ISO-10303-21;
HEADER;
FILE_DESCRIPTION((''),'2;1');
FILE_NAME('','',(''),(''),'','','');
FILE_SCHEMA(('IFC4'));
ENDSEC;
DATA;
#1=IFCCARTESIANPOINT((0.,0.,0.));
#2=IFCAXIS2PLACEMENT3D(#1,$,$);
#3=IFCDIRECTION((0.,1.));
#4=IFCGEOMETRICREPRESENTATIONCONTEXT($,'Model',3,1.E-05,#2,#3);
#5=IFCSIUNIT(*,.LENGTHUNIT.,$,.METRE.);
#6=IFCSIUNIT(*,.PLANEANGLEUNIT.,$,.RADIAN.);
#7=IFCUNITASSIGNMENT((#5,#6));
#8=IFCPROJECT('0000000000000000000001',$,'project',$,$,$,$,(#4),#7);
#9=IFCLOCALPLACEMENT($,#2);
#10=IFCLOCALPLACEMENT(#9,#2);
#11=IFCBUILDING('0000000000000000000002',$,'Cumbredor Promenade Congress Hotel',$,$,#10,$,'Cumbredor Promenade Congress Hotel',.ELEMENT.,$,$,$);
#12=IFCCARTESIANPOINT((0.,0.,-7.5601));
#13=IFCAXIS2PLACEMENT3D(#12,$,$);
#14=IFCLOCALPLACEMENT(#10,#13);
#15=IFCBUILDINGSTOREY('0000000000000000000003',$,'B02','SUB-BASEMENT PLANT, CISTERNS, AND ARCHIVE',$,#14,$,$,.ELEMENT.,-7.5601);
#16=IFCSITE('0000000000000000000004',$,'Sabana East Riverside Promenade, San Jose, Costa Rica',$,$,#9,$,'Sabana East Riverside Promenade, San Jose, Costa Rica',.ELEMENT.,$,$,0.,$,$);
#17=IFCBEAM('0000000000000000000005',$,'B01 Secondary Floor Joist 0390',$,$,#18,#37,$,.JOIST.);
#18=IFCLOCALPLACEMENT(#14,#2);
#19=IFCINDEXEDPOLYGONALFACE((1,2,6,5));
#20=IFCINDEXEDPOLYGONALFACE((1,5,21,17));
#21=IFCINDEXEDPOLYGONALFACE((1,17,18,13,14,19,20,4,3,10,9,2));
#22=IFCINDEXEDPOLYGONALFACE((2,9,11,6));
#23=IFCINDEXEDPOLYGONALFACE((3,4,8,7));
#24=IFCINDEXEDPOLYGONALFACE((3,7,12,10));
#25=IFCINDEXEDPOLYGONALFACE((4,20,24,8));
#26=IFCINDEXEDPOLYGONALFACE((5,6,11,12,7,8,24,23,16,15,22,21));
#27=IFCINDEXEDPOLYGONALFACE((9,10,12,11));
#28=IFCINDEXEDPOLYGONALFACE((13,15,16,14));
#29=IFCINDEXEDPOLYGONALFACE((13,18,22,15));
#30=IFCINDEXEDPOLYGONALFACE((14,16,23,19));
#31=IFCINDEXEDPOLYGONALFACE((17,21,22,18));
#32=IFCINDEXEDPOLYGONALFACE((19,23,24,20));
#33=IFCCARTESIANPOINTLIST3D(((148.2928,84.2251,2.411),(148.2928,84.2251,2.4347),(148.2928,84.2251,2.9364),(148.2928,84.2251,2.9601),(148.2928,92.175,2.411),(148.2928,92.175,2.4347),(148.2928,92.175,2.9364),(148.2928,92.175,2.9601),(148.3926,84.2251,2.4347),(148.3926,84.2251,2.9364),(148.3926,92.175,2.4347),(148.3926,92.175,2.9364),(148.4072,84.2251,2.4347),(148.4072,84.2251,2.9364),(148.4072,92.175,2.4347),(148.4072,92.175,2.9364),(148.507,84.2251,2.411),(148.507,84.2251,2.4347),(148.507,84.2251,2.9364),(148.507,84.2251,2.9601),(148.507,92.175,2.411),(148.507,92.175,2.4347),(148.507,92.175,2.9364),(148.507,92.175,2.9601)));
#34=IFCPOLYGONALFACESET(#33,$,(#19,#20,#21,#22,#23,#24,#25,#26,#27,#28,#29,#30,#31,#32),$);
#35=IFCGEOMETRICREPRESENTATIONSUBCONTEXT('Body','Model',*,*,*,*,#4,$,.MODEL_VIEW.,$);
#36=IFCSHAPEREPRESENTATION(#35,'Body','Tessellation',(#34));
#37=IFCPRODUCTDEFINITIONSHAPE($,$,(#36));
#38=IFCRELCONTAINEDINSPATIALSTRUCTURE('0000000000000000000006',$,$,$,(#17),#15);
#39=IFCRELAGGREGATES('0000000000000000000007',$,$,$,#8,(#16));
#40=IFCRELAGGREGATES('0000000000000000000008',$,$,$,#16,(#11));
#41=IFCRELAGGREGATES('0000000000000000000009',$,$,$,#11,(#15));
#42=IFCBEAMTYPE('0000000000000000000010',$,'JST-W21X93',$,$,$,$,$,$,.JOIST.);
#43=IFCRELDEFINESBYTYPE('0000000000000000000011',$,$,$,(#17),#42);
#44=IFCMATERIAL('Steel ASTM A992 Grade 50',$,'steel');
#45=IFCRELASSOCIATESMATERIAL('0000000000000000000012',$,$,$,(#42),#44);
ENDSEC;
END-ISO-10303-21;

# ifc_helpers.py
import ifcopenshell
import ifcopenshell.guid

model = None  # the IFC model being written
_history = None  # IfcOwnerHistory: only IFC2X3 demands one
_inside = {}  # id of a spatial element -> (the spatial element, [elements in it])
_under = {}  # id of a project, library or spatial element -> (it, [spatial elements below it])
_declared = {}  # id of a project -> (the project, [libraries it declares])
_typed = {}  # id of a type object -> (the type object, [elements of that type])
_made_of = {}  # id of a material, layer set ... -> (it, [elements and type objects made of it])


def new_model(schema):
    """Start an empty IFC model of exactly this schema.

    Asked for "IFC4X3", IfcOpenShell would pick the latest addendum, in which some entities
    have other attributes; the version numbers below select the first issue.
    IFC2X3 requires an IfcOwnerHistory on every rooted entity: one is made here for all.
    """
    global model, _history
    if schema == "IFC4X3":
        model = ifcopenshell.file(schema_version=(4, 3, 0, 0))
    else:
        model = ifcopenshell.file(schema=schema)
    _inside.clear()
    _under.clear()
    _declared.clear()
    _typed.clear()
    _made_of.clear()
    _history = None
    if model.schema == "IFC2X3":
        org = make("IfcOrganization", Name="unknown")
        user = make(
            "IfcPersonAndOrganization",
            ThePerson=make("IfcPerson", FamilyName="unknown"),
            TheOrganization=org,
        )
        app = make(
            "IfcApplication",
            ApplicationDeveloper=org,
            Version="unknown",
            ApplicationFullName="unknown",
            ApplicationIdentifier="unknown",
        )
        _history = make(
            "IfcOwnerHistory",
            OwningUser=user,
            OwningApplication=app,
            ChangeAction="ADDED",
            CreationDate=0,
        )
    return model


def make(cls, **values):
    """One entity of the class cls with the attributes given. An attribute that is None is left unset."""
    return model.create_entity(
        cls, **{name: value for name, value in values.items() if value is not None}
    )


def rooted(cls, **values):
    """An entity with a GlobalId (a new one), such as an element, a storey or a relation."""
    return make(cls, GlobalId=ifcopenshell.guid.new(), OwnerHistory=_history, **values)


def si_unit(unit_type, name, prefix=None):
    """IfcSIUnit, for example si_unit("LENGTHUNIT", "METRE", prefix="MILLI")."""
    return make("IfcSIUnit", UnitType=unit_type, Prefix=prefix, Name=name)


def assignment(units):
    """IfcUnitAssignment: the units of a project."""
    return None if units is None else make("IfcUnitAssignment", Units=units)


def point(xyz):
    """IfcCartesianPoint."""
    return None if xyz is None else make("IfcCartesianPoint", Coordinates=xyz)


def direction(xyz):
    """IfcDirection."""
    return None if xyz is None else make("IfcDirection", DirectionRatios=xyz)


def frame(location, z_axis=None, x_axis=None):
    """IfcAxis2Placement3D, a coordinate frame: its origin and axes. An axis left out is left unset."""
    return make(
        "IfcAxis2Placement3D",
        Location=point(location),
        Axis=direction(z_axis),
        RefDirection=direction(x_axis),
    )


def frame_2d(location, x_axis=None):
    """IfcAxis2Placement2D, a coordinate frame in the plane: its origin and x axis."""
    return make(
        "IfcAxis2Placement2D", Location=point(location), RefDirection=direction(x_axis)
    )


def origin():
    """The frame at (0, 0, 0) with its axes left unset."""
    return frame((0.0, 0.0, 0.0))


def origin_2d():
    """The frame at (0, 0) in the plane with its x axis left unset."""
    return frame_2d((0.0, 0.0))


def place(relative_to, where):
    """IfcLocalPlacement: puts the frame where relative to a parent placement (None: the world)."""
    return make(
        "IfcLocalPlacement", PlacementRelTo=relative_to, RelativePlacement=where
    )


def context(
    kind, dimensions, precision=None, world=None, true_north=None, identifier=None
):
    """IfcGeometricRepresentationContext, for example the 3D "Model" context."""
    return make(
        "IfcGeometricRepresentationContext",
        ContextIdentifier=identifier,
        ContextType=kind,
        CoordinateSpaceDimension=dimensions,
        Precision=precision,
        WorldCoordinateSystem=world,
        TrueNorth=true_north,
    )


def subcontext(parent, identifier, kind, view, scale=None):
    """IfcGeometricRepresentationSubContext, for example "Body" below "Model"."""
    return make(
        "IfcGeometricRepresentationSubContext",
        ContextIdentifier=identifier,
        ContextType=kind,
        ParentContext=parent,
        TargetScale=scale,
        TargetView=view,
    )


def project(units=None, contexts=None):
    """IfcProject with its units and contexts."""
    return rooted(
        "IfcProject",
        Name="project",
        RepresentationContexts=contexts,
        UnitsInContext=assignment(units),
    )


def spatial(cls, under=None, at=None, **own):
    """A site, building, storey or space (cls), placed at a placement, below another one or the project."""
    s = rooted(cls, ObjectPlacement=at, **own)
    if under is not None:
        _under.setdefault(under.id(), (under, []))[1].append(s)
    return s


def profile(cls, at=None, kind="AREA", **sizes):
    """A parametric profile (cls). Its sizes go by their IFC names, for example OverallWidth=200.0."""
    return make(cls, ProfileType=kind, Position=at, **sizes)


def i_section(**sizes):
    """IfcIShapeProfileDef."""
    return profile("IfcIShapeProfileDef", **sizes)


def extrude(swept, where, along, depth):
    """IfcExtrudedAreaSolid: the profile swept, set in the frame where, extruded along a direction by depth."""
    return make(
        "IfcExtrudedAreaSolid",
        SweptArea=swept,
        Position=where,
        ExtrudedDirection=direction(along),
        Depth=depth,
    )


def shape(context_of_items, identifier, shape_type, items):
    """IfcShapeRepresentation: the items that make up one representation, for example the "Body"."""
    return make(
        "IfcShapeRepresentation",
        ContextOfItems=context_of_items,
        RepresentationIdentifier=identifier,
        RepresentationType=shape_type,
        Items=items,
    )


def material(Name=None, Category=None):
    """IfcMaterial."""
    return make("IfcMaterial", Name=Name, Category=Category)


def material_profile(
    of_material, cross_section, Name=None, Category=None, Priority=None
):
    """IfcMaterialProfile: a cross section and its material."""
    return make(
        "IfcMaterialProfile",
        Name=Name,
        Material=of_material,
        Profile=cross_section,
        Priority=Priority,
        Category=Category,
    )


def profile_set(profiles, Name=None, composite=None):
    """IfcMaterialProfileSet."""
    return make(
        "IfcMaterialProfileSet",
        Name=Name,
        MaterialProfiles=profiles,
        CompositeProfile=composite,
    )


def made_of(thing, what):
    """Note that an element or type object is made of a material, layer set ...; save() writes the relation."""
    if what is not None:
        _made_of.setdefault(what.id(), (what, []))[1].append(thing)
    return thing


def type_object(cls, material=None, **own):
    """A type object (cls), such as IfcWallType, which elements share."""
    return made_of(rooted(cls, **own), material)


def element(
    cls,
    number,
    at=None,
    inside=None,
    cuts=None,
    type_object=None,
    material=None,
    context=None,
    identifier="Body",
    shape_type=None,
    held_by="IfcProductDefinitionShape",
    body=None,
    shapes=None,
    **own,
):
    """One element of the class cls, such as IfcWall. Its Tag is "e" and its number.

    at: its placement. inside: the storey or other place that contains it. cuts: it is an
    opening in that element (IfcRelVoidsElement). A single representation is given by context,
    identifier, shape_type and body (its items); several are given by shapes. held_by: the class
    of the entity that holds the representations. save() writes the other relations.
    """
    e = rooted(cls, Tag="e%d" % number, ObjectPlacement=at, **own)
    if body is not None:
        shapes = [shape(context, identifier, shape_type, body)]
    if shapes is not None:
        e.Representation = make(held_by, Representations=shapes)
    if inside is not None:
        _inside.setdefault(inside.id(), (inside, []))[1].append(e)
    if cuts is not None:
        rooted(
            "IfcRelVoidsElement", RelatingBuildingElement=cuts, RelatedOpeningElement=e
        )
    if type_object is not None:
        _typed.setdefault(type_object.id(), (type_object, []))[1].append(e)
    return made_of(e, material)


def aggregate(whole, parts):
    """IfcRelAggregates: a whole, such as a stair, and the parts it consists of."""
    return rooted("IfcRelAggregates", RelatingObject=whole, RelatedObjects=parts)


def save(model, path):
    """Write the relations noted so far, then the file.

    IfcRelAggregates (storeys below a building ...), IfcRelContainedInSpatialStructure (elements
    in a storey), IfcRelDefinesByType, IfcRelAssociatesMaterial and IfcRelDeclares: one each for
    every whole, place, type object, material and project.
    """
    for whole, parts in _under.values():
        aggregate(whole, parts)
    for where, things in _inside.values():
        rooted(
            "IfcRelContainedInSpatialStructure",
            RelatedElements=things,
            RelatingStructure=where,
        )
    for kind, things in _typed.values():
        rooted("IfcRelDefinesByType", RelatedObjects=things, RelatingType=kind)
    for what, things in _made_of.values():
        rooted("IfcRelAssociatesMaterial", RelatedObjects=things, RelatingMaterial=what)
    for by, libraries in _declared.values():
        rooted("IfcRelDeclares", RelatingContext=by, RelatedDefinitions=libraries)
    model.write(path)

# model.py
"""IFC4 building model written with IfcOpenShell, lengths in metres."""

from ifc_helpers import new_model, si_unit, direction, frame, origin, origin_2d, place, context, subcontext, project, spatial, i_section, extrude, material, material_profile, profile_set, type_object, element, save


model = new_model("IFC4")

# Units and contexts
model_context = context("Model", 3, precision=1e-05, world=origin(), true_north=direction((0.0, 1.0)))
body_context = subcontext(model_context, "Body", "Model", "MODEL_VIEW")
ifc_project = project(units=[si_unit("LENGTHUNIT", "METRE"), si_unit("PLANEANGLEUNIT", "RADIAN")], contexts=[model_context])

# Site, building, storey
site_placement = place(None, origin())
site = spatial("IfcSite", under=ifc_project, at=site_placement, Name="Sabana East Riverside Promenade, San Jose, Costa Rica", LongName="Sabana East Riverside Promenade, San Jose, Costa Rica", CompositionType="ELEMENT", RefElevation=0.0)
building_placement = place(site_placement, origin())
building = spatial("IfcBuilding", under=site, at=building_placement, Name="Cumbredor Promenade Congress Hotel", LongName="Cumbredor Promenade Congress Hotel", CompositionType="ELEMENT")
storey_placement = place(building_placement, frame((0.0, 0.0, -7.5601)))
storey = spatial("IfcBuildingStorey", under=building, at=storey_placement, Name="B02", Description="SUB-BASEMENT PLANT, CISTERNS, AND ARCHIVE", CompositionType="ELEMENT", Elevation=-7.5601)

# Beam
ifc_material_1 = material(Name="Steel ASTM A992 Grade 50", Category="steel")
ifc_material_profile_1 = material_profile(ifc_material_1, i_section(OverallWidth=0.2141, OverallDepth=0.5491, WebThickness=0.0146, FlangeThickness=0.0237, at=origin_2d()), Name="W21X93")
ifc_profile_set_1 = profile_set([ifc_material_profile_1], Name="Steel ASTM A992 Grade 50")
beam_type_1 = type_object("IfcBeamType", Name="JST-W21X93", PredefinedType="JOIST", material=ifc_profile_set_1)
for number, where, z_axis, x_axis, name in (
    (1, (148.3999, 84.2251, 2.6855), (0.0, 1.0, 0.0), (-1.0, 0.0, 0.0), "B01 Secondary Floor Joist 0390"),
):
    element("IfcBeam", number, at=place(storey_placement, frame(where, z_axis=z_axis, x_axis=x_axis)), inside=storey, type_object=beam_type_1, Name=name, PredefinedType="JOIST", context=body_context, shape_type="SweptSolid", body=[
        extrude(i_section(OverallWidth=0.2141, OverallDepth=0.5491, WebThickness=0.0146, FlangeThickness=0.0237, at=origin_2d()), origin(), (0.0, 0.0, 1.0), 7.95),
    ])

save(model, "model.ifc")
